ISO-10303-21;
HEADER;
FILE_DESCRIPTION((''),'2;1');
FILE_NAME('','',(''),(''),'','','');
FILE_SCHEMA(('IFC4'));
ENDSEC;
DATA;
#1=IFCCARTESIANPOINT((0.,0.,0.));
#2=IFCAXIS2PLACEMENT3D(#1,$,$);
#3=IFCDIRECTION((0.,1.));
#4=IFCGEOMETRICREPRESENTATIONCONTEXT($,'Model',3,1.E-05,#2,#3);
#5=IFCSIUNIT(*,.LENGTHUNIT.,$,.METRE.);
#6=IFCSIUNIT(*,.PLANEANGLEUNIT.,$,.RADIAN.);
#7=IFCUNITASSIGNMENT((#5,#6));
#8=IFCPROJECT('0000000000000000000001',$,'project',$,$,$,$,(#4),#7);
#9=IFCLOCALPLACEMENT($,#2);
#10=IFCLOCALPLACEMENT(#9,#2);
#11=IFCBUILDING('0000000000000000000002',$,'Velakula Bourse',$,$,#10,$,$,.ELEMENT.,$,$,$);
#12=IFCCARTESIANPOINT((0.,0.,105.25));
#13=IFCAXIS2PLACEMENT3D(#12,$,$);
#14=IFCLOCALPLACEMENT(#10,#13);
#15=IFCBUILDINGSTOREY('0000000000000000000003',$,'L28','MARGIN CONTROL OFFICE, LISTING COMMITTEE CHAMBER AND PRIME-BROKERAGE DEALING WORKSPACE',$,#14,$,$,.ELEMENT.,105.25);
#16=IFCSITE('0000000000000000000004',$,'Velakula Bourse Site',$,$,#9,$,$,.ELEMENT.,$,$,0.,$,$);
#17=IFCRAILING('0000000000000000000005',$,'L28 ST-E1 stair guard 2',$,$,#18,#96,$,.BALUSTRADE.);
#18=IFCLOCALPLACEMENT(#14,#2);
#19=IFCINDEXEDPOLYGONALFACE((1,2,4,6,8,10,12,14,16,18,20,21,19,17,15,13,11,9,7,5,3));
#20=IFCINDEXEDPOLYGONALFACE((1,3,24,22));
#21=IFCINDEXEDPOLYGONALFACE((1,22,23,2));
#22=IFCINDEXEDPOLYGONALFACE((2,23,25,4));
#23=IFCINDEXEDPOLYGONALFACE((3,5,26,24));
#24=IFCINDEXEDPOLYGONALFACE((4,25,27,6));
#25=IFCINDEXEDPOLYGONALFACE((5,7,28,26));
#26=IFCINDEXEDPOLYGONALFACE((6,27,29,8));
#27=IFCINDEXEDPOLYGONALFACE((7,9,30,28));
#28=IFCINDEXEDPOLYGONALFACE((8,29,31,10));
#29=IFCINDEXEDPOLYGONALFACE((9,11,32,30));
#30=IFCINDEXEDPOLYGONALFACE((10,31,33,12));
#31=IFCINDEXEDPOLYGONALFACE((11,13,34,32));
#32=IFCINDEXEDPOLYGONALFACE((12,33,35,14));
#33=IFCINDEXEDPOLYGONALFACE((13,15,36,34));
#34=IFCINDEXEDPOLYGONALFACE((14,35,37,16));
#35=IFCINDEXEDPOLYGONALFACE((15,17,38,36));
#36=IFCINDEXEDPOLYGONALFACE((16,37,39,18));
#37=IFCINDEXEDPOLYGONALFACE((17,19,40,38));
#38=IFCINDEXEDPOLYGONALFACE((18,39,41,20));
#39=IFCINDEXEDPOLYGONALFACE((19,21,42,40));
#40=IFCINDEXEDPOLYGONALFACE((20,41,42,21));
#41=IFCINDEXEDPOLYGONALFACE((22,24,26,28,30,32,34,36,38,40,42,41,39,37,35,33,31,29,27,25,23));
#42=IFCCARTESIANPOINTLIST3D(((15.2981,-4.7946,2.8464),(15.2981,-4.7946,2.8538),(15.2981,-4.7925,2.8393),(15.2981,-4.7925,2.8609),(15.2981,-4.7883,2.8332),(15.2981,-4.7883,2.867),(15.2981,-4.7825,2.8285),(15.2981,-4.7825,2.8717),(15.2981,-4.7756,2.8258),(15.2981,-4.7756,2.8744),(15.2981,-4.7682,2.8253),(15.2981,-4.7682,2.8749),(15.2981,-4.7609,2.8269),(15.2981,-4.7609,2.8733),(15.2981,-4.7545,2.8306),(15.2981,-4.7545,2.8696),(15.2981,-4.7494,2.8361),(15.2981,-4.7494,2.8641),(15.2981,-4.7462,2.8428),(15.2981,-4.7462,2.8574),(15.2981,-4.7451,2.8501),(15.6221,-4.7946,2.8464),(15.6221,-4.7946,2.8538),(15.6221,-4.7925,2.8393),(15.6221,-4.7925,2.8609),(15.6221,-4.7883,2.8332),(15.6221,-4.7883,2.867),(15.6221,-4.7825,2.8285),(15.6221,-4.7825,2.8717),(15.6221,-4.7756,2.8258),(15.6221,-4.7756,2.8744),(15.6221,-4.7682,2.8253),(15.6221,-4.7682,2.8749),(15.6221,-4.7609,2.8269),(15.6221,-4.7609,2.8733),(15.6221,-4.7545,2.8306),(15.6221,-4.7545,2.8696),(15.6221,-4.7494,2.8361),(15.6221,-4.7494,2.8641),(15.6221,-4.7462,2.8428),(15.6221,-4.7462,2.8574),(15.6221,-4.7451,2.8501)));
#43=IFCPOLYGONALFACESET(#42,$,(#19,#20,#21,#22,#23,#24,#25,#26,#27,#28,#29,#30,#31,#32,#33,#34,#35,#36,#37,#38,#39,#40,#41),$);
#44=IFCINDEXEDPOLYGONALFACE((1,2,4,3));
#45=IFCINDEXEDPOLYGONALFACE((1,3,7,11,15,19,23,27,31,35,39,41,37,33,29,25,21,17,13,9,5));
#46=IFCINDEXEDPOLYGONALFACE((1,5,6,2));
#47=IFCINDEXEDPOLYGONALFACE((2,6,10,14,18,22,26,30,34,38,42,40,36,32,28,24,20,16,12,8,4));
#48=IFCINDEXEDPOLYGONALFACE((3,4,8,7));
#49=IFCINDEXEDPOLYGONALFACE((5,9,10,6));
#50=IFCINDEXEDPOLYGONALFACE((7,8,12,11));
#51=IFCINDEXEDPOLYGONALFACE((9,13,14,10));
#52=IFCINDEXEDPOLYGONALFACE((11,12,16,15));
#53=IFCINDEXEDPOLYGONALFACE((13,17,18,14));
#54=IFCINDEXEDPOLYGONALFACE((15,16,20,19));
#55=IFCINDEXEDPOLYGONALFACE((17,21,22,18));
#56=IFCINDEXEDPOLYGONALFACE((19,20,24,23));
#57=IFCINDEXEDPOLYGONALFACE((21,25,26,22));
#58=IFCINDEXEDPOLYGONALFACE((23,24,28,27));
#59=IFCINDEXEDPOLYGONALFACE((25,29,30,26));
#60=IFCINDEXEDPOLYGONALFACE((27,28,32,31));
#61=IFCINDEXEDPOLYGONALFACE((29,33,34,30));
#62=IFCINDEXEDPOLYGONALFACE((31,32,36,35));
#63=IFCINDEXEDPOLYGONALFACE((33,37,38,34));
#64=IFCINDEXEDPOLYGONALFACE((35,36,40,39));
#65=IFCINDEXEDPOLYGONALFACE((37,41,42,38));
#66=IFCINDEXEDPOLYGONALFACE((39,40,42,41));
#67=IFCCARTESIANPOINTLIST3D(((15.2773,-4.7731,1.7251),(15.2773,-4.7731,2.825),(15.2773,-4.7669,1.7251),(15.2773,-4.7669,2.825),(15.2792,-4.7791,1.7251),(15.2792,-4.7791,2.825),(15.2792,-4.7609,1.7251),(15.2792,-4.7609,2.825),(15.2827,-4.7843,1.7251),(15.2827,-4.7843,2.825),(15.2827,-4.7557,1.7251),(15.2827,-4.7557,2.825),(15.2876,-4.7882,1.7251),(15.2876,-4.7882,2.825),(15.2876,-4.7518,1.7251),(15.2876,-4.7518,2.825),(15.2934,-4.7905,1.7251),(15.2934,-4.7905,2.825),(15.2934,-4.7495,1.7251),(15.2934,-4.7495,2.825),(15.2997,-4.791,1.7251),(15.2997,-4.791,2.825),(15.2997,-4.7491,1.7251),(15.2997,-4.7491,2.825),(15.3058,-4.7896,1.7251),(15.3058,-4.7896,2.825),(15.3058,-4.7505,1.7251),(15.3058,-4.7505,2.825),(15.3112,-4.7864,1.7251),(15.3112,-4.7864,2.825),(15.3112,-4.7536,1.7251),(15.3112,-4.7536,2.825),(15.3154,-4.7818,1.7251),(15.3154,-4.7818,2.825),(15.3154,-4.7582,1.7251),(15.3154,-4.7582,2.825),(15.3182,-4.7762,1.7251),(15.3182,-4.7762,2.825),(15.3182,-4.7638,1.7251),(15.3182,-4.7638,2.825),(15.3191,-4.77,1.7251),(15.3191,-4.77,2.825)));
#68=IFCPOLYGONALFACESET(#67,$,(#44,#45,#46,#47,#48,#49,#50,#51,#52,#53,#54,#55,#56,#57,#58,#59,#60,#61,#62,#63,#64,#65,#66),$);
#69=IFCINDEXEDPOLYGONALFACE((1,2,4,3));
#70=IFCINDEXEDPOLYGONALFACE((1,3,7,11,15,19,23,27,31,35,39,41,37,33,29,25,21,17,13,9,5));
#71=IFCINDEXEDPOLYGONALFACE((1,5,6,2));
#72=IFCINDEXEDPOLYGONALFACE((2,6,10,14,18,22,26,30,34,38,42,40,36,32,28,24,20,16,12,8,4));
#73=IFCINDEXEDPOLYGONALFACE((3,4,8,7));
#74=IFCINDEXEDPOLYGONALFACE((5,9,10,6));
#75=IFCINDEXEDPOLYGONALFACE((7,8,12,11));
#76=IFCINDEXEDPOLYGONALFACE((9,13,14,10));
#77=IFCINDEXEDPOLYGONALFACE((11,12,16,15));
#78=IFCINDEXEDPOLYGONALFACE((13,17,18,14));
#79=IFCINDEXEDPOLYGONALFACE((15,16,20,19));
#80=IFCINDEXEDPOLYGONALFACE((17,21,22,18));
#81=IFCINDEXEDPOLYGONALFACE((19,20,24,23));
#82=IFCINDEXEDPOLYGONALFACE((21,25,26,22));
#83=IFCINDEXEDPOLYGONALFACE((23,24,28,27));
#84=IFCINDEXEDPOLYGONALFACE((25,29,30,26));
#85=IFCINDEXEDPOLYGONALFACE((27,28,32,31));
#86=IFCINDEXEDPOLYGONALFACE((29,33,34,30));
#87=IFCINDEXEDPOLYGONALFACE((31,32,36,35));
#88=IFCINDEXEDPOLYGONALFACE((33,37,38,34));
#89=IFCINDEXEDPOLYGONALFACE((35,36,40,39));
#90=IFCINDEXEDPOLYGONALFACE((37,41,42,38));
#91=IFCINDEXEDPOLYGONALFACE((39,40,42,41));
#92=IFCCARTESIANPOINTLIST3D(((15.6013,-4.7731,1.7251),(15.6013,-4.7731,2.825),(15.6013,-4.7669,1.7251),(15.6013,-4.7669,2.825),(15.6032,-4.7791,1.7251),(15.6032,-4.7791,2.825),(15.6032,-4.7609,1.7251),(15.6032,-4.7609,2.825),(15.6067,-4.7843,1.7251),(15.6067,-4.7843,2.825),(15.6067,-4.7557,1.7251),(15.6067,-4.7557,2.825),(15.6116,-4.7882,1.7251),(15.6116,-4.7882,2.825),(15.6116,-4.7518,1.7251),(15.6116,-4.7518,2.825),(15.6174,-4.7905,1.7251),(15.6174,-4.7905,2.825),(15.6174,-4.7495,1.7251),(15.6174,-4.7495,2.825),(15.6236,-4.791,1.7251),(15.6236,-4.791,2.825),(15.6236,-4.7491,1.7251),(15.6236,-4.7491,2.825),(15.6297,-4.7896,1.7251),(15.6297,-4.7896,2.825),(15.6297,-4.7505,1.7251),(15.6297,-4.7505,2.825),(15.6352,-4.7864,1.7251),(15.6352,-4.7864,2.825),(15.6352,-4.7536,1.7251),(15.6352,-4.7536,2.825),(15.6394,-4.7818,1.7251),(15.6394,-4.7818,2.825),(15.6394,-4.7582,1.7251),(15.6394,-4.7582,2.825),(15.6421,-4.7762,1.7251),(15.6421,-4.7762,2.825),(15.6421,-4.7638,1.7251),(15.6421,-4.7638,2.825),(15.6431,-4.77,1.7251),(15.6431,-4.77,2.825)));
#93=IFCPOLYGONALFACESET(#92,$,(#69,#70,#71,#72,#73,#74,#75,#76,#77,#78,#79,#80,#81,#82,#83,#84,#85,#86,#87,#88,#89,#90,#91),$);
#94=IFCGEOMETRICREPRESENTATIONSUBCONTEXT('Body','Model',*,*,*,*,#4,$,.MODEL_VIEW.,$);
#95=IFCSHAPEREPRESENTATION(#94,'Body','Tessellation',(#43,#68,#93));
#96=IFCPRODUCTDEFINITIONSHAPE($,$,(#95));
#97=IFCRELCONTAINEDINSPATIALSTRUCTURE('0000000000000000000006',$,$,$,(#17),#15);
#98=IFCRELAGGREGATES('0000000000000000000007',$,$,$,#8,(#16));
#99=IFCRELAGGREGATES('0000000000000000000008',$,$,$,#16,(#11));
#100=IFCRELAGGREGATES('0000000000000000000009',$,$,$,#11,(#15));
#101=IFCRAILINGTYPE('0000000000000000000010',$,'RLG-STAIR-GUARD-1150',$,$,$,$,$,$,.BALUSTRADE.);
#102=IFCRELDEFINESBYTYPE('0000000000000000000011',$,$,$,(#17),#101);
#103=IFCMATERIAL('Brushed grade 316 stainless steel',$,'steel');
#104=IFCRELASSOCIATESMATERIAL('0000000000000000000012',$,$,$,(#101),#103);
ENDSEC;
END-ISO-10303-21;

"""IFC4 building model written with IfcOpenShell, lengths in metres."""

from ifc_helpers import new_model, si_unit, direction, frame, origin, origin_2d, place, context, subcontext, project, spatial, circle, extrude, material, type_object, element, save


model = new_model("IFC4")

# Units and contexts
model_context = context("Model", 3, precision=1e-05, world=origin(), true_north=direction((0.0, 1.0)))
body_context = subcontext(model_context, "Body", "Model", "MODEL_VIEW")
ifc_project = project(units=[si_unit("LENGTHUNIT", "METRE"), si_unit("PLANEANGLEUNIT", "RADIAN")], contexts=[model_context])

# Site, building, storey
site_placement = place(None, origin())
site = spatial("IfcSite", under=ifc_project, at=site_placement, Name="Velakula Bourse Site", CompositionType="ELEMENT", RefElevation=0.0)
building_placement = place(site_placement, origin())
building = spatial("IfcBuilding", under=site, at=building_placement, Name="Velakula Bourse", CompositionType="ELEMENT")
storey_placement = place(building_placement, frame((0.0, 0.0, 105.25)))
storey = spatial("IfcBuildingStorey", under=building, at=storey_placement, Name="L28", Description="MARGIN CONTROL OFFICE, LISTING COMMITTEE CHAMBER AND PRIME-BROKERAGE DEALING WORKSPACE", CompositionType="ELEMENT", Elevation=105.25)

# Shared definitions
ifc_material_1 = material(Name="Brushed grade 316 stainless steel", Category="steel")

# Railing
railing_type_1 = type_object("IfcRailingType", Name="RLG-STAIR-GUARD-1150", PredefinedType="BALUSTRADE", material=ifc_material_1)
railing_1_placement = place(storey_placement, frame((15.2981, -4.77, 1.7251)))
element("IfcRailing", 1, at=railing_1_placement, inside=storey, type_object=railing_type_1, Name="L28 ST-E1 stair guard 2", PredefinedType="BALUSTRADE", context=body_context, shape_type="SweptSolid", body=[
    extrude(circle(Radius=0.0249, at=origin_2d()), frame((0.0, 0.0, 1.125), z_axis=(1.0, 0.0, 0.0), x_axis=(0.0, 1.0, 0.0)), (0.0, 0.0, 1.0), 0.324),
    extrude(circle(Radius=0.021, at=origin_2d()), origin(), (0.0, 0.0, 1.0), 1.0999),
    extrude(circle(Radius=0.021, at=origin_2d()), frame((0.324, 0.0, 0.0)), (0.0, 0.0, 1.0), 1.0999),
])

save(model, "model.ifc")
